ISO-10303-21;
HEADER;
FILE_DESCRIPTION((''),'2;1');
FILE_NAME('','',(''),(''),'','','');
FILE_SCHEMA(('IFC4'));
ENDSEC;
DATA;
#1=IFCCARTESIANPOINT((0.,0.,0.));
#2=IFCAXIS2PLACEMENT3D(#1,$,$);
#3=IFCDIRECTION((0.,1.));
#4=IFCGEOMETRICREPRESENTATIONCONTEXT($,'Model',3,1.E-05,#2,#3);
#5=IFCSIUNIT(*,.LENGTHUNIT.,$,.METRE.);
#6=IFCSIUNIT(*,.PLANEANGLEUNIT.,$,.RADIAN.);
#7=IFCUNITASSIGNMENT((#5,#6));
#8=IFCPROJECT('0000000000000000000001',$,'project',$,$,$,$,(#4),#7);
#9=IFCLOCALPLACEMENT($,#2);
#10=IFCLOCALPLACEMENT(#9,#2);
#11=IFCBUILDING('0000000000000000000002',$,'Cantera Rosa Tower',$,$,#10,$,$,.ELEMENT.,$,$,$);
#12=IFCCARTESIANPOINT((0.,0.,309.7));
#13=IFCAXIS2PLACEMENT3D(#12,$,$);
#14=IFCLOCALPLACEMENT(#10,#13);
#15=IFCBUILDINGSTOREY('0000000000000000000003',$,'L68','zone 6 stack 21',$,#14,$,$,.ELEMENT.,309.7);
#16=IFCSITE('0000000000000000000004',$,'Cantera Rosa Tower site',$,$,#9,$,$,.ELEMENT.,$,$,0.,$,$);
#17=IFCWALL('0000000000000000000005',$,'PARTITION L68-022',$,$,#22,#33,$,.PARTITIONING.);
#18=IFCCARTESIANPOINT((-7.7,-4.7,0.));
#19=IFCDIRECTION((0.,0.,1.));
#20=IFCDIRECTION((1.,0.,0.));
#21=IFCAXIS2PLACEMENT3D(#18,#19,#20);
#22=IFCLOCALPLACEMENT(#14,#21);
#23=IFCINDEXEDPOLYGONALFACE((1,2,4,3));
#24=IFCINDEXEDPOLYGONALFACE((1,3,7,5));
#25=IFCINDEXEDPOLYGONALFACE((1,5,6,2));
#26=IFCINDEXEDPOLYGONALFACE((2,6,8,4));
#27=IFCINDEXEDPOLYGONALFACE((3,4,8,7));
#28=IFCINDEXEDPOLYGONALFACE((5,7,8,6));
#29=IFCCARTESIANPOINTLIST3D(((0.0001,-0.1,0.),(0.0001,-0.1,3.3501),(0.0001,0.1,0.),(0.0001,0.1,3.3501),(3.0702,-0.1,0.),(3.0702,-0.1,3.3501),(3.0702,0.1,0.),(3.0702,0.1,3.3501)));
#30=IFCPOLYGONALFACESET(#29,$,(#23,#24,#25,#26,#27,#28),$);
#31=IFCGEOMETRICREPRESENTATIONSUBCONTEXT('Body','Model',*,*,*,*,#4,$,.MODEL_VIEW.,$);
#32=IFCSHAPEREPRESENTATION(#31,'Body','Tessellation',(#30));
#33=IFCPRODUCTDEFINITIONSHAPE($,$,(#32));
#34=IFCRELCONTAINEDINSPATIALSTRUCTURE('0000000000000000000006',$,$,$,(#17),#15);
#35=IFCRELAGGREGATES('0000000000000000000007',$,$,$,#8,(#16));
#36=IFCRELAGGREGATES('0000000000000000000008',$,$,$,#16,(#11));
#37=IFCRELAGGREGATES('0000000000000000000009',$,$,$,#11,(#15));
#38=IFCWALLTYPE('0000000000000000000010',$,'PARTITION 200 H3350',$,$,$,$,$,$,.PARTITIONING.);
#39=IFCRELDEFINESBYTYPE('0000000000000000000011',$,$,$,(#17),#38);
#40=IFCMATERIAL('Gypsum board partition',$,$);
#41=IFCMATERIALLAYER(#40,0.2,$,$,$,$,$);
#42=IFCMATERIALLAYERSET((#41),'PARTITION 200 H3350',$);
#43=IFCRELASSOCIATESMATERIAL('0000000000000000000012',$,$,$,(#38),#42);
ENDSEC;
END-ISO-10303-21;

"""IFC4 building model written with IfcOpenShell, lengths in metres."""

from ifc_helpers import new_model, si_unit, direction, frame, frame_2d, origin, place, context, subcontext, project, spatial, rectangle, extrude, material, layer, layer_set, type_object, element, save


model = new_model("IFC4")

# Units and contexts
model_context = context("Model", 3, precision=1e-05, world=origin(), true_north=direction((0.0, 1.0)))
body_context = subcontext(model_context, "Body", "Model", "MODEL_VIEW")
ifc_project = project(units=[si_unit("LENGTHUNIT", "METRE"), si_unit("PLANEANGLEUNIT", "RADIAN")], contexts=[model_context])

# Site, building, storey
site_placement = place(None, origin())
site = spatial("IfcSite", under=ifc_project, at=site_placement, Name="Cantera Rosa Tower site", CompositionType="ELEMENT", RefElevation=0.0)
building_placement = place(site_placement, origin())
building = spatial("IfcBuilding", under=site, at=building_placement, Name="Cantera Rosa Tower", CompositionType="ELEMENT")
storey_placement = place(building_placement, frame((0.0, 0.0, 309.7)))
storey = spatial("IfcBuildingStorey", under=building, at=storey_placement, Name="L68", Description="zone 6 stack 21", CompositionType="ELEMENT", Elevation=309.7)

# Wall
ifc_material_1 = material(Name="Gypsum board partition")
ifc_layer_1 = layer(ifc_material_1, 0.2)
ifc_layer_set_1 = layer_set([ifc_layer_1], Name="PARTITION 200 H3350")
wall_type_1 = type_object("IfcWallType", Name="PARTITION 200 H3350", PredefinedType="PARTITIONING", material=ifc_layer_set_1)
wall_1_placement = place(storey_placement, frame((-7.7, -4.7, 0.0), z_axis=(0.0, 0.0, 1.0), x_axis=(1.0, 0.0, 0.0)))
element("IfcWall", 1, at=wall_1_placement, inside=storey, type_object=wall_type_1, Name="PARTITION L68-022", PredefinedType="PARTITIONING", context=body_context, shape_type="SweptSolid", body=[
    extrude(rectangle(XDim=3.0701, YDim=0.2, at=frame_2d((1.5352, 0.0))), origin(), (0.0, 0.0, 1.0), 3.3501),
])

save(model, "model.ifc")
